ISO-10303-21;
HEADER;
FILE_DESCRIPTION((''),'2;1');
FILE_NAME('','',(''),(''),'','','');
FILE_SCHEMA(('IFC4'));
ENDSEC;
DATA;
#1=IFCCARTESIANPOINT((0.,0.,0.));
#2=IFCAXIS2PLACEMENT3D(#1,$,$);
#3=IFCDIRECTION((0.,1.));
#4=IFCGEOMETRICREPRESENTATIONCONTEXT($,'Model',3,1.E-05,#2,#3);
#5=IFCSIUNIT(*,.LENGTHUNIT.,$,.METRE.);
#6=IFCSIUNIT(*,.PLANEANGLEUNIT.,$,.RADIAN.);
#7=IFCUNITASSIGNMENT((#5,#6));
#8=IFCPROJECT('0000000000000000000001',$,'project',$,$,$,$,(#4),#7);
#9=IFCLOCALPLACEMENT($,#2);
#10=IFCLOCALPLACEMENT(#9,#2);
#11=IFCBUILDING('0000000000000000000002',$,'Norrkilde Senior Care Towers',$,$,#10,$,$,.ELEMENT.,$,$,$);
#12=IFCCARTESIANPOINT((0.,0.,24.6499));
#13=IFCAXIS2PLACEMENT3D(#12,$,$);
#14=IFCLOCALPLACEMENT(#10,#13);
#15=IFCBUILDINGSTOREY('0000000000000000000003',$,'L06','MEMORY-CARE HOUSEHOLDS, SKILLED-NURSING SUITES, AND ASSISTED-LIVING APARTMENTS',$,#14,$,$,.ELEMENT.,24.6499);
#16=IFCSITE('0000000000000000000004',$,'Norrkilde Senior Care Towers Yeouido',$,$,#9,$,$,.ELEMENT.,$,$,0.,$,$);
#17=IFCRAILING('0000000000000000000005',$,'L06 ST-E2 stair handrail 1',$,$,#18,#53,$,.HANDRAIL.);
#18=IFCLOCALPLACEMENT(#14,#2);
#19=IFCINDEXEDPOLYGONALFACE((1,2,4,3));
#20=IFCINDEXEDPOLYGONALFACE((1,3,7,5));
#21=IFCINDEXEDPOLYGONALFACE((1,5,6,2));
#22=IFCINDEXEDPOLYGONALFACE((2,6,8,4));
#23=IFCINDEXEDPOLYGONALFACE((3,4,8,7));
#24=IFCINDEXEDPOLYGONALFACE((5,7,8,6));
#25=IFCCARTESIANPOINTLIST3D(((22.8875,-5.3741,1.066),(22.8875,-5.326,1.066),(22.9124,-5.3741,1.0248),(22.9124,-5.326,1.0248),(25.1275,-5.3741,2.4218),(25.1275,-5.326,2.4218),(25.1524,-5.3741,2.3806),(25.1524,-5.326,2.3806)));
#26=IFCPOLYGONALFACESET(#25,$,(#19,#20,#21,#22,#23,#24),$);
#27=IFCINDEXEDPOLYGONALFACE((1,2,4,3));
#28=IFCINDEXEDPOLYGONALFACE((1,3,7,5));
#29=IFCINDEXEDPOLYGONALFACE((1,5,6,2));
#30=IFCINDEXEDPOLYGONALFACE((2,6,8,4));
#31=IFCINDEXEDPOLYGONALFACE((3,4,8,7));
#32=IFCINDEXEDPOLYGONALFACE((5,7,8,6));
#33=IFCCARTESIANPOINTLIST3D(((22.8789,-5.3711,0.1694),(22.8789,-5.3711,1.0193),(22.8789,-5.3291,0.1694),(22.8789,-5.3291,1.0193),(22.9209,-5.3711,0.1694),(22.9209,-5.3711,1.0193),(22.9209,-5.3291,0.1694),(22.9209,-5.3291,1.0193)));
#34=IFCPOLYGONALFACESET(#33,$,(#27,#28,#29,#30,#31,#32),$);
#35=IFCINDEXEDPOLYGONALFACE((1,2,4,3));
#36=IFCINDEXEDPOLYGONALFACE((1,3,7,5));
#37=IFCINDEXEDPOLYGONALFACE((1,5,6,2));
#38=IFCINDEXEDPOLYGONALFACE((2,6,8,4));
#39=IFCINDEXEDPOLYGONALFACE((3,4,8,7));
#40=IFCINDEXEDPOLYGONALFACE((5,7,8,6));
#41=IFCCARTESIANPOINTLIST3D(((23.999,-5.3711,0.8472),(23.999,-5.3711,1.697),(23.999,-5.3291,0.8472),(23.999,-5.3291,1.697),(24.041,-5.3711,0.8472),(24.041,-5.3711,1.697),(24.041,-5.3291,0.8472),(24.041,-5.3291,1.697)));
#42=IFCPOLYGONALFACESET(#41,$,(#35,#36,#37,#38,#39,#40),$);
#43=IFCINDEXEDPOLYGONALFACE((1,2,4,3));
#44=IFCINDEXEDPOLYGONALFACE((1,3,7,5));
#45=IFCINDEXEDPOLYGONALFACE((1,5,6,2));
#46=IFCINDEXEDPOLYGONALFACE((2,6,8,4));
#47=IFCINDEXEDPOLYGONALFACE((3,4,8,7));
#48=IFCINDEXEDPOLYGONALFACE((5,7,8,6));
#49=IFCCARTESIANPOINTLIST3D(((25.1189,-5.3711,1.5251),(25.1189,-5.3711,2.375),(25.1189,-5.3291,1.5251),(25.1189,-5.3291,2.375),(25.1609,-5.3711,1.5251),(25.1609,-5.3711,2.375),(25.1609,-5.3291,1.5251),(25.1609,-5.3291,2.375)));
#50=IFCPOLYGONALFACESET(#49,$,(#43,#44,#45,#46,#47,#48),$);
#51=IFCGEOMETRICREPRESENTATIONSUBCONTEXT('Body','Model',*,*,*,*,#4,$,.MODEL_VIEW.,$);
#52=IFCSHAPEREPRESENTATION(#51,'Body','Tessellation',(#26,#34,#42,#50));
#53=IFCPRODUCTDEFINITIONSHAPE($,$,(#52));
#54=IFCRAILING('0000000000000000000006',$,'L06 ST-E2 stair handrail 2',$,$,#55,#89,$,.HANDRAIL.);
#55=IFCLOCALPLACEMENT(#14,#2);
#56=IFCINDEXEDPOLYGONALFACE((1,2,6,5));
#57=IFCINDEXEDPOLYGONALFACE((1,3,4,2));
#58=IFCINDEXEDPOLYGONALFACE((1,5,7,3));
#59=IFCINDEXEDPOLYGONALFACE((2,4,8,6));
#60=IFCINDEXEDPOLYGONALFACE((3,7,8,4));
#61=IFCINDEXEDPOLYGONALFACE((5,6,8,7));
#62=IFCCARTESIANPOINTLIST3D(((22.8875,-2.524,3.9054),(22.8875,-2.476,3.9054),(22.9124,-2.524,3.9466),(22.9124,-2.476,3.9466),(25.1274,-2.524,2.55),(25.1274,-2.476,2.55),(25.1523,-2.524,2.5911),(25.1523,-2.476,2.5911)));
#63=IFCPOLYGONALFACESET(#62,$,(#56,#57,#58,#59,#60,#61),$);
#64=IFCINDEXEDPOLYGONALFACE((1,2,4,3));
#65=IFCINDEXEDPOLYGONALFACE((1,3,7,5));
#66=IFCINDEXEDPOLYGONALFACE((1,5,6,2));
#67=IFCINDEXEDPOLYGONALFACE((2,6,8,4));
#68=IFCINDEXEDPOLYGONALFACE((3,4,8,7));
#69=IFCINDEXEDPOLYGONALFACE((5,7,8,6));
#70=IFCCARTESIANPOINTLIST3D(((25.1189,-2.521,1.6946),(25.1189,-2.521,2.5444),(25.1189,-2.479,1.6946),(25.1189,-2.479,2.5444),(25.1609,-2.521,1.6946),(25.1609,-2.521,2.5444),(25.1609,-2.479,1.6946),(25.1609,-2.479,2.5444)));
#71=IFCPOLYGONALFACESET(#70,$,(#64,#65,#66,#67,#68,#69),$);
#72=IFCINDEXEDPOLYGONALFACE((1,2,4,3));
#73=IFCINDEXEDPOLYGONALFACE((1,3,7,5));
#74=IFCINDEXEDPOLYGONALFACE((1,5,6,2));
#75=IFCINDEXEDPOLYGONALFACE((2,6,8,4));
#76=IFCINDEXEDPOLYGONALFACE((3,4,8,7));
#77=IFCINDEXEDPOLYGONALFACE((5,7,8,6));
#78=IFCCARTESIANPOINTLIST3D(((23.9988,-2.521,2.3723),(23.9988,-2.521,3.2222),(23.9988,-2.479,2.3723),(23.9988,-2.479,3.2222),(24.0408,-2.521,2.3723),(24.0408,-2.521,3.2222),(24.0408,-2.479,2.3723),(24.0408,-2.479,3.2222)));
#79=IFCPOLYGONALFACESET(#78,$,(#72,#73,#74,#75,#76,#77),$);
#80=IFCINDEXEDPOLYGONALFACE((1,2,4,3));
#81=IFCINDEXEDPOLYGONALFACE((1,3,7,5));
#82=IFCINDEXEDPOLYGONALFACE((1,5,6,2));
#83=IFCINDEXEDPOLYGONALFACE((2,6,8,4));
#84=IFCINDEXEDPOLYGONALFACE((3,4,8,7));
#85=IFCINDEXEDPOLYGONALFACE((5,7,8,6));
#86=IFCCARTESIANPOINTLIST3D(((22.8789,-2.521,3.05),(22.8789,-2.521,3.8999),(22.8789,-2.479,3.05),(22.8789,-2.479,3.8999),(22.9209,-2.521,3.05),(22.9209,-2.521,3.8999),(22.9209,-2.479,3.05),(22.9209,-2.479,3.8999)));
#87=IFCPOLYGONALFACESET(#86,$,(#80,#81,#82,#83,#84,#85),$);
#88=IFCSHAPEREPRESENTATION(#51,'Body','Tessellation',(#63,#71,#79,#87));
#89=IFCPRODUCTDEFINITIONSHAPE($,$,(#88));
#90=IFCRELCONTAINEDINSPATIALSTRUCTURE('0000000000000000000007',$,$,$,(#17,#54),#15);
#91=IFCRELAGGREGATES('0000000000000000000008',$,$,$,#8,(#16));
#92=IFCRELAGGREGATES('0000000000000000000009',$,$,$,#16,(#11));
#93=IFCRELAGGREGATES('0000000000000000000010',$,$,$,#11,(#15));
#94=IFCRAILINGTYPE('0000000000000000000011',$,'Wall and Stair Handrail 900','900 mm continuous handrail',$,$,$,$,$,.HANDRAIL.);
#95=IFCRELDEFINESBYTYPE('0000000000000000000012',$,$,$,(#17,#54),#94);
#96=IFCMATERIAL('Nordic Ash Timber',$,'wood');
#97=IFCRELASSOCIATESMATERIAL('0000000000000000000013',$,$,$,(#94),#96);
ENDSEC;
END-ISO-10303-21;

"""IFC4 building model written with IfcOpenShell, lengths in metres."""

from ifc_helpers import new_model, si_unit, direction, frame, origin, origin_2d, place, context, subcontext, project, spatial, rectangle, extrude, material, type_object, element, save


model = new_model("IFC4")

# Units and contexts
model_context = context("Model", 3, precision=1e-05, world=origin(), true_north=direction((0.0, 1.0)))
body_context = subcontext(model_context, "Body", "Model", "MODEL_VIEW")
ifc_project = project(units=[si_unit("LENGTHUNIT", "METRE"), si_unit("PLANEANGLEUNIT", "RADIAN")], contexts=[model_context])

# Site, building, storey
site_placement = place(None, origin())
site = spatial("IfcSite", under=ifc_project, at=site_placement, Name="Norrkilde Senior Care Towers Yeouido", CompositionType="ELEMENT", RefElevation=0.0)
building_placement = place(site_placement, origin())
building = spatial("IfcBuilding", under=site, at=building_placement, Name="Norrkilde Senior Care Towers", CompositionType="ELEMENT")
storey_placement = place(building_placement, frame((0.0, 0.0, 24.6499)))
storey = spatial("IfcBuildingStorey", under=building, at=storey_placement, Name="L06", Description="MEMORY-CARE HOUSEHOLDS, SKILLED-NURSING SUITES, AND ASSISTED-LIVING APARTMENTS", CompositionType="ELEMENT", Elevation=24.6499)

# Shared definitions
ifc_material_1 = material(Name="Nordic Ash Timber", Category="wood")

# Railings
railing_type_1 = type_object("IfcRailingType", Name="Wall and Stair Handrail 900", Description="900 mm continuous handrail", PredefinedType="HANDRAIL", material=ifc_material_1)
railing_1_placement = place(storey_placement, frame((22.8999, -5.3501, 0.1694)))
element("IfcRailing", 1, at=railing_1_placement, inside=storey, type_object=railing_type_1, Name="L06 ST-E2 stair handrail 1", PredefinedType="HANDRAIL", context=body_context, shape_type="SweptSolid", body=[
    extrude(rectangle(XDim=0.0481, YDim=0.0481, at=origin_2d()), frame((0.0, 0.0, 0.876), z_axis=(0.855512, 0.0, 0.517783), x_axis=(0.0, 1.0, 0.0)), (0.0, 0.0, 1.0), 2.6184),
    extrude(rectangle(XDim=0.042, YDim=0.042, at=origin_2d()), origin(), (0.0, 0.0, 1.0), 0.8499),
    extrude(rectangle(XDim=0.042, YDim=0.042, at=origin_2d()), frame((1.1201, 0.0, 0.6777)), (0.0, 0.0, 1.0), 0.8499),
    extrude(rectangle(XDim=0.042, YDim=0.042, at=origin_2d()), frame((2.24, 0.0, 1.3557)), (0.0, 0.0, 1.0), 0.8499),
])
railing_2_placement = place(storey_placement, frame((25.1399, -2.5, 1.6946)))
element("IfcRailing", 2, at=railing_2_placement, inside=storey, type_object=railing_type_1, Name="L06 ST-E2 stair handrail 2", PredefinedType="HANDRAIL", context=body_context, shape_type="SweptSolid", body=[
    extrude(rectangle(XDim=0.0481, YDim=0.0481, at=origin_2d()), frame((0.0, 0.0, 0.876), z_axis=(-0.855553, 0.0, 0.517715), x_axis=(0.0, -1.0, 0.0)), (0.0, 0.0, 1.0), 2.6182),
    extrude(rectangle(XDim=0.042, YDim=0.042, at=origin_2d()), origin(), (0.0, 0.0, 1.0), 0.8499),
    extrude(rectangle(XDim=0.042, YDim=0.042, at=origin_2d()), frame((-1.1201, 0.0, 0.6777)), (0.0, 0.0, 1.0), 0.8499),
    extrude(rectangle(XDim=0.042, YDim=0.042, at=origin_2d()), frame((-2.24, 0.0, 1.3555)), (0.0, 0.0, 1.0), 0.8499),
])

save(model, "model.ifc")
